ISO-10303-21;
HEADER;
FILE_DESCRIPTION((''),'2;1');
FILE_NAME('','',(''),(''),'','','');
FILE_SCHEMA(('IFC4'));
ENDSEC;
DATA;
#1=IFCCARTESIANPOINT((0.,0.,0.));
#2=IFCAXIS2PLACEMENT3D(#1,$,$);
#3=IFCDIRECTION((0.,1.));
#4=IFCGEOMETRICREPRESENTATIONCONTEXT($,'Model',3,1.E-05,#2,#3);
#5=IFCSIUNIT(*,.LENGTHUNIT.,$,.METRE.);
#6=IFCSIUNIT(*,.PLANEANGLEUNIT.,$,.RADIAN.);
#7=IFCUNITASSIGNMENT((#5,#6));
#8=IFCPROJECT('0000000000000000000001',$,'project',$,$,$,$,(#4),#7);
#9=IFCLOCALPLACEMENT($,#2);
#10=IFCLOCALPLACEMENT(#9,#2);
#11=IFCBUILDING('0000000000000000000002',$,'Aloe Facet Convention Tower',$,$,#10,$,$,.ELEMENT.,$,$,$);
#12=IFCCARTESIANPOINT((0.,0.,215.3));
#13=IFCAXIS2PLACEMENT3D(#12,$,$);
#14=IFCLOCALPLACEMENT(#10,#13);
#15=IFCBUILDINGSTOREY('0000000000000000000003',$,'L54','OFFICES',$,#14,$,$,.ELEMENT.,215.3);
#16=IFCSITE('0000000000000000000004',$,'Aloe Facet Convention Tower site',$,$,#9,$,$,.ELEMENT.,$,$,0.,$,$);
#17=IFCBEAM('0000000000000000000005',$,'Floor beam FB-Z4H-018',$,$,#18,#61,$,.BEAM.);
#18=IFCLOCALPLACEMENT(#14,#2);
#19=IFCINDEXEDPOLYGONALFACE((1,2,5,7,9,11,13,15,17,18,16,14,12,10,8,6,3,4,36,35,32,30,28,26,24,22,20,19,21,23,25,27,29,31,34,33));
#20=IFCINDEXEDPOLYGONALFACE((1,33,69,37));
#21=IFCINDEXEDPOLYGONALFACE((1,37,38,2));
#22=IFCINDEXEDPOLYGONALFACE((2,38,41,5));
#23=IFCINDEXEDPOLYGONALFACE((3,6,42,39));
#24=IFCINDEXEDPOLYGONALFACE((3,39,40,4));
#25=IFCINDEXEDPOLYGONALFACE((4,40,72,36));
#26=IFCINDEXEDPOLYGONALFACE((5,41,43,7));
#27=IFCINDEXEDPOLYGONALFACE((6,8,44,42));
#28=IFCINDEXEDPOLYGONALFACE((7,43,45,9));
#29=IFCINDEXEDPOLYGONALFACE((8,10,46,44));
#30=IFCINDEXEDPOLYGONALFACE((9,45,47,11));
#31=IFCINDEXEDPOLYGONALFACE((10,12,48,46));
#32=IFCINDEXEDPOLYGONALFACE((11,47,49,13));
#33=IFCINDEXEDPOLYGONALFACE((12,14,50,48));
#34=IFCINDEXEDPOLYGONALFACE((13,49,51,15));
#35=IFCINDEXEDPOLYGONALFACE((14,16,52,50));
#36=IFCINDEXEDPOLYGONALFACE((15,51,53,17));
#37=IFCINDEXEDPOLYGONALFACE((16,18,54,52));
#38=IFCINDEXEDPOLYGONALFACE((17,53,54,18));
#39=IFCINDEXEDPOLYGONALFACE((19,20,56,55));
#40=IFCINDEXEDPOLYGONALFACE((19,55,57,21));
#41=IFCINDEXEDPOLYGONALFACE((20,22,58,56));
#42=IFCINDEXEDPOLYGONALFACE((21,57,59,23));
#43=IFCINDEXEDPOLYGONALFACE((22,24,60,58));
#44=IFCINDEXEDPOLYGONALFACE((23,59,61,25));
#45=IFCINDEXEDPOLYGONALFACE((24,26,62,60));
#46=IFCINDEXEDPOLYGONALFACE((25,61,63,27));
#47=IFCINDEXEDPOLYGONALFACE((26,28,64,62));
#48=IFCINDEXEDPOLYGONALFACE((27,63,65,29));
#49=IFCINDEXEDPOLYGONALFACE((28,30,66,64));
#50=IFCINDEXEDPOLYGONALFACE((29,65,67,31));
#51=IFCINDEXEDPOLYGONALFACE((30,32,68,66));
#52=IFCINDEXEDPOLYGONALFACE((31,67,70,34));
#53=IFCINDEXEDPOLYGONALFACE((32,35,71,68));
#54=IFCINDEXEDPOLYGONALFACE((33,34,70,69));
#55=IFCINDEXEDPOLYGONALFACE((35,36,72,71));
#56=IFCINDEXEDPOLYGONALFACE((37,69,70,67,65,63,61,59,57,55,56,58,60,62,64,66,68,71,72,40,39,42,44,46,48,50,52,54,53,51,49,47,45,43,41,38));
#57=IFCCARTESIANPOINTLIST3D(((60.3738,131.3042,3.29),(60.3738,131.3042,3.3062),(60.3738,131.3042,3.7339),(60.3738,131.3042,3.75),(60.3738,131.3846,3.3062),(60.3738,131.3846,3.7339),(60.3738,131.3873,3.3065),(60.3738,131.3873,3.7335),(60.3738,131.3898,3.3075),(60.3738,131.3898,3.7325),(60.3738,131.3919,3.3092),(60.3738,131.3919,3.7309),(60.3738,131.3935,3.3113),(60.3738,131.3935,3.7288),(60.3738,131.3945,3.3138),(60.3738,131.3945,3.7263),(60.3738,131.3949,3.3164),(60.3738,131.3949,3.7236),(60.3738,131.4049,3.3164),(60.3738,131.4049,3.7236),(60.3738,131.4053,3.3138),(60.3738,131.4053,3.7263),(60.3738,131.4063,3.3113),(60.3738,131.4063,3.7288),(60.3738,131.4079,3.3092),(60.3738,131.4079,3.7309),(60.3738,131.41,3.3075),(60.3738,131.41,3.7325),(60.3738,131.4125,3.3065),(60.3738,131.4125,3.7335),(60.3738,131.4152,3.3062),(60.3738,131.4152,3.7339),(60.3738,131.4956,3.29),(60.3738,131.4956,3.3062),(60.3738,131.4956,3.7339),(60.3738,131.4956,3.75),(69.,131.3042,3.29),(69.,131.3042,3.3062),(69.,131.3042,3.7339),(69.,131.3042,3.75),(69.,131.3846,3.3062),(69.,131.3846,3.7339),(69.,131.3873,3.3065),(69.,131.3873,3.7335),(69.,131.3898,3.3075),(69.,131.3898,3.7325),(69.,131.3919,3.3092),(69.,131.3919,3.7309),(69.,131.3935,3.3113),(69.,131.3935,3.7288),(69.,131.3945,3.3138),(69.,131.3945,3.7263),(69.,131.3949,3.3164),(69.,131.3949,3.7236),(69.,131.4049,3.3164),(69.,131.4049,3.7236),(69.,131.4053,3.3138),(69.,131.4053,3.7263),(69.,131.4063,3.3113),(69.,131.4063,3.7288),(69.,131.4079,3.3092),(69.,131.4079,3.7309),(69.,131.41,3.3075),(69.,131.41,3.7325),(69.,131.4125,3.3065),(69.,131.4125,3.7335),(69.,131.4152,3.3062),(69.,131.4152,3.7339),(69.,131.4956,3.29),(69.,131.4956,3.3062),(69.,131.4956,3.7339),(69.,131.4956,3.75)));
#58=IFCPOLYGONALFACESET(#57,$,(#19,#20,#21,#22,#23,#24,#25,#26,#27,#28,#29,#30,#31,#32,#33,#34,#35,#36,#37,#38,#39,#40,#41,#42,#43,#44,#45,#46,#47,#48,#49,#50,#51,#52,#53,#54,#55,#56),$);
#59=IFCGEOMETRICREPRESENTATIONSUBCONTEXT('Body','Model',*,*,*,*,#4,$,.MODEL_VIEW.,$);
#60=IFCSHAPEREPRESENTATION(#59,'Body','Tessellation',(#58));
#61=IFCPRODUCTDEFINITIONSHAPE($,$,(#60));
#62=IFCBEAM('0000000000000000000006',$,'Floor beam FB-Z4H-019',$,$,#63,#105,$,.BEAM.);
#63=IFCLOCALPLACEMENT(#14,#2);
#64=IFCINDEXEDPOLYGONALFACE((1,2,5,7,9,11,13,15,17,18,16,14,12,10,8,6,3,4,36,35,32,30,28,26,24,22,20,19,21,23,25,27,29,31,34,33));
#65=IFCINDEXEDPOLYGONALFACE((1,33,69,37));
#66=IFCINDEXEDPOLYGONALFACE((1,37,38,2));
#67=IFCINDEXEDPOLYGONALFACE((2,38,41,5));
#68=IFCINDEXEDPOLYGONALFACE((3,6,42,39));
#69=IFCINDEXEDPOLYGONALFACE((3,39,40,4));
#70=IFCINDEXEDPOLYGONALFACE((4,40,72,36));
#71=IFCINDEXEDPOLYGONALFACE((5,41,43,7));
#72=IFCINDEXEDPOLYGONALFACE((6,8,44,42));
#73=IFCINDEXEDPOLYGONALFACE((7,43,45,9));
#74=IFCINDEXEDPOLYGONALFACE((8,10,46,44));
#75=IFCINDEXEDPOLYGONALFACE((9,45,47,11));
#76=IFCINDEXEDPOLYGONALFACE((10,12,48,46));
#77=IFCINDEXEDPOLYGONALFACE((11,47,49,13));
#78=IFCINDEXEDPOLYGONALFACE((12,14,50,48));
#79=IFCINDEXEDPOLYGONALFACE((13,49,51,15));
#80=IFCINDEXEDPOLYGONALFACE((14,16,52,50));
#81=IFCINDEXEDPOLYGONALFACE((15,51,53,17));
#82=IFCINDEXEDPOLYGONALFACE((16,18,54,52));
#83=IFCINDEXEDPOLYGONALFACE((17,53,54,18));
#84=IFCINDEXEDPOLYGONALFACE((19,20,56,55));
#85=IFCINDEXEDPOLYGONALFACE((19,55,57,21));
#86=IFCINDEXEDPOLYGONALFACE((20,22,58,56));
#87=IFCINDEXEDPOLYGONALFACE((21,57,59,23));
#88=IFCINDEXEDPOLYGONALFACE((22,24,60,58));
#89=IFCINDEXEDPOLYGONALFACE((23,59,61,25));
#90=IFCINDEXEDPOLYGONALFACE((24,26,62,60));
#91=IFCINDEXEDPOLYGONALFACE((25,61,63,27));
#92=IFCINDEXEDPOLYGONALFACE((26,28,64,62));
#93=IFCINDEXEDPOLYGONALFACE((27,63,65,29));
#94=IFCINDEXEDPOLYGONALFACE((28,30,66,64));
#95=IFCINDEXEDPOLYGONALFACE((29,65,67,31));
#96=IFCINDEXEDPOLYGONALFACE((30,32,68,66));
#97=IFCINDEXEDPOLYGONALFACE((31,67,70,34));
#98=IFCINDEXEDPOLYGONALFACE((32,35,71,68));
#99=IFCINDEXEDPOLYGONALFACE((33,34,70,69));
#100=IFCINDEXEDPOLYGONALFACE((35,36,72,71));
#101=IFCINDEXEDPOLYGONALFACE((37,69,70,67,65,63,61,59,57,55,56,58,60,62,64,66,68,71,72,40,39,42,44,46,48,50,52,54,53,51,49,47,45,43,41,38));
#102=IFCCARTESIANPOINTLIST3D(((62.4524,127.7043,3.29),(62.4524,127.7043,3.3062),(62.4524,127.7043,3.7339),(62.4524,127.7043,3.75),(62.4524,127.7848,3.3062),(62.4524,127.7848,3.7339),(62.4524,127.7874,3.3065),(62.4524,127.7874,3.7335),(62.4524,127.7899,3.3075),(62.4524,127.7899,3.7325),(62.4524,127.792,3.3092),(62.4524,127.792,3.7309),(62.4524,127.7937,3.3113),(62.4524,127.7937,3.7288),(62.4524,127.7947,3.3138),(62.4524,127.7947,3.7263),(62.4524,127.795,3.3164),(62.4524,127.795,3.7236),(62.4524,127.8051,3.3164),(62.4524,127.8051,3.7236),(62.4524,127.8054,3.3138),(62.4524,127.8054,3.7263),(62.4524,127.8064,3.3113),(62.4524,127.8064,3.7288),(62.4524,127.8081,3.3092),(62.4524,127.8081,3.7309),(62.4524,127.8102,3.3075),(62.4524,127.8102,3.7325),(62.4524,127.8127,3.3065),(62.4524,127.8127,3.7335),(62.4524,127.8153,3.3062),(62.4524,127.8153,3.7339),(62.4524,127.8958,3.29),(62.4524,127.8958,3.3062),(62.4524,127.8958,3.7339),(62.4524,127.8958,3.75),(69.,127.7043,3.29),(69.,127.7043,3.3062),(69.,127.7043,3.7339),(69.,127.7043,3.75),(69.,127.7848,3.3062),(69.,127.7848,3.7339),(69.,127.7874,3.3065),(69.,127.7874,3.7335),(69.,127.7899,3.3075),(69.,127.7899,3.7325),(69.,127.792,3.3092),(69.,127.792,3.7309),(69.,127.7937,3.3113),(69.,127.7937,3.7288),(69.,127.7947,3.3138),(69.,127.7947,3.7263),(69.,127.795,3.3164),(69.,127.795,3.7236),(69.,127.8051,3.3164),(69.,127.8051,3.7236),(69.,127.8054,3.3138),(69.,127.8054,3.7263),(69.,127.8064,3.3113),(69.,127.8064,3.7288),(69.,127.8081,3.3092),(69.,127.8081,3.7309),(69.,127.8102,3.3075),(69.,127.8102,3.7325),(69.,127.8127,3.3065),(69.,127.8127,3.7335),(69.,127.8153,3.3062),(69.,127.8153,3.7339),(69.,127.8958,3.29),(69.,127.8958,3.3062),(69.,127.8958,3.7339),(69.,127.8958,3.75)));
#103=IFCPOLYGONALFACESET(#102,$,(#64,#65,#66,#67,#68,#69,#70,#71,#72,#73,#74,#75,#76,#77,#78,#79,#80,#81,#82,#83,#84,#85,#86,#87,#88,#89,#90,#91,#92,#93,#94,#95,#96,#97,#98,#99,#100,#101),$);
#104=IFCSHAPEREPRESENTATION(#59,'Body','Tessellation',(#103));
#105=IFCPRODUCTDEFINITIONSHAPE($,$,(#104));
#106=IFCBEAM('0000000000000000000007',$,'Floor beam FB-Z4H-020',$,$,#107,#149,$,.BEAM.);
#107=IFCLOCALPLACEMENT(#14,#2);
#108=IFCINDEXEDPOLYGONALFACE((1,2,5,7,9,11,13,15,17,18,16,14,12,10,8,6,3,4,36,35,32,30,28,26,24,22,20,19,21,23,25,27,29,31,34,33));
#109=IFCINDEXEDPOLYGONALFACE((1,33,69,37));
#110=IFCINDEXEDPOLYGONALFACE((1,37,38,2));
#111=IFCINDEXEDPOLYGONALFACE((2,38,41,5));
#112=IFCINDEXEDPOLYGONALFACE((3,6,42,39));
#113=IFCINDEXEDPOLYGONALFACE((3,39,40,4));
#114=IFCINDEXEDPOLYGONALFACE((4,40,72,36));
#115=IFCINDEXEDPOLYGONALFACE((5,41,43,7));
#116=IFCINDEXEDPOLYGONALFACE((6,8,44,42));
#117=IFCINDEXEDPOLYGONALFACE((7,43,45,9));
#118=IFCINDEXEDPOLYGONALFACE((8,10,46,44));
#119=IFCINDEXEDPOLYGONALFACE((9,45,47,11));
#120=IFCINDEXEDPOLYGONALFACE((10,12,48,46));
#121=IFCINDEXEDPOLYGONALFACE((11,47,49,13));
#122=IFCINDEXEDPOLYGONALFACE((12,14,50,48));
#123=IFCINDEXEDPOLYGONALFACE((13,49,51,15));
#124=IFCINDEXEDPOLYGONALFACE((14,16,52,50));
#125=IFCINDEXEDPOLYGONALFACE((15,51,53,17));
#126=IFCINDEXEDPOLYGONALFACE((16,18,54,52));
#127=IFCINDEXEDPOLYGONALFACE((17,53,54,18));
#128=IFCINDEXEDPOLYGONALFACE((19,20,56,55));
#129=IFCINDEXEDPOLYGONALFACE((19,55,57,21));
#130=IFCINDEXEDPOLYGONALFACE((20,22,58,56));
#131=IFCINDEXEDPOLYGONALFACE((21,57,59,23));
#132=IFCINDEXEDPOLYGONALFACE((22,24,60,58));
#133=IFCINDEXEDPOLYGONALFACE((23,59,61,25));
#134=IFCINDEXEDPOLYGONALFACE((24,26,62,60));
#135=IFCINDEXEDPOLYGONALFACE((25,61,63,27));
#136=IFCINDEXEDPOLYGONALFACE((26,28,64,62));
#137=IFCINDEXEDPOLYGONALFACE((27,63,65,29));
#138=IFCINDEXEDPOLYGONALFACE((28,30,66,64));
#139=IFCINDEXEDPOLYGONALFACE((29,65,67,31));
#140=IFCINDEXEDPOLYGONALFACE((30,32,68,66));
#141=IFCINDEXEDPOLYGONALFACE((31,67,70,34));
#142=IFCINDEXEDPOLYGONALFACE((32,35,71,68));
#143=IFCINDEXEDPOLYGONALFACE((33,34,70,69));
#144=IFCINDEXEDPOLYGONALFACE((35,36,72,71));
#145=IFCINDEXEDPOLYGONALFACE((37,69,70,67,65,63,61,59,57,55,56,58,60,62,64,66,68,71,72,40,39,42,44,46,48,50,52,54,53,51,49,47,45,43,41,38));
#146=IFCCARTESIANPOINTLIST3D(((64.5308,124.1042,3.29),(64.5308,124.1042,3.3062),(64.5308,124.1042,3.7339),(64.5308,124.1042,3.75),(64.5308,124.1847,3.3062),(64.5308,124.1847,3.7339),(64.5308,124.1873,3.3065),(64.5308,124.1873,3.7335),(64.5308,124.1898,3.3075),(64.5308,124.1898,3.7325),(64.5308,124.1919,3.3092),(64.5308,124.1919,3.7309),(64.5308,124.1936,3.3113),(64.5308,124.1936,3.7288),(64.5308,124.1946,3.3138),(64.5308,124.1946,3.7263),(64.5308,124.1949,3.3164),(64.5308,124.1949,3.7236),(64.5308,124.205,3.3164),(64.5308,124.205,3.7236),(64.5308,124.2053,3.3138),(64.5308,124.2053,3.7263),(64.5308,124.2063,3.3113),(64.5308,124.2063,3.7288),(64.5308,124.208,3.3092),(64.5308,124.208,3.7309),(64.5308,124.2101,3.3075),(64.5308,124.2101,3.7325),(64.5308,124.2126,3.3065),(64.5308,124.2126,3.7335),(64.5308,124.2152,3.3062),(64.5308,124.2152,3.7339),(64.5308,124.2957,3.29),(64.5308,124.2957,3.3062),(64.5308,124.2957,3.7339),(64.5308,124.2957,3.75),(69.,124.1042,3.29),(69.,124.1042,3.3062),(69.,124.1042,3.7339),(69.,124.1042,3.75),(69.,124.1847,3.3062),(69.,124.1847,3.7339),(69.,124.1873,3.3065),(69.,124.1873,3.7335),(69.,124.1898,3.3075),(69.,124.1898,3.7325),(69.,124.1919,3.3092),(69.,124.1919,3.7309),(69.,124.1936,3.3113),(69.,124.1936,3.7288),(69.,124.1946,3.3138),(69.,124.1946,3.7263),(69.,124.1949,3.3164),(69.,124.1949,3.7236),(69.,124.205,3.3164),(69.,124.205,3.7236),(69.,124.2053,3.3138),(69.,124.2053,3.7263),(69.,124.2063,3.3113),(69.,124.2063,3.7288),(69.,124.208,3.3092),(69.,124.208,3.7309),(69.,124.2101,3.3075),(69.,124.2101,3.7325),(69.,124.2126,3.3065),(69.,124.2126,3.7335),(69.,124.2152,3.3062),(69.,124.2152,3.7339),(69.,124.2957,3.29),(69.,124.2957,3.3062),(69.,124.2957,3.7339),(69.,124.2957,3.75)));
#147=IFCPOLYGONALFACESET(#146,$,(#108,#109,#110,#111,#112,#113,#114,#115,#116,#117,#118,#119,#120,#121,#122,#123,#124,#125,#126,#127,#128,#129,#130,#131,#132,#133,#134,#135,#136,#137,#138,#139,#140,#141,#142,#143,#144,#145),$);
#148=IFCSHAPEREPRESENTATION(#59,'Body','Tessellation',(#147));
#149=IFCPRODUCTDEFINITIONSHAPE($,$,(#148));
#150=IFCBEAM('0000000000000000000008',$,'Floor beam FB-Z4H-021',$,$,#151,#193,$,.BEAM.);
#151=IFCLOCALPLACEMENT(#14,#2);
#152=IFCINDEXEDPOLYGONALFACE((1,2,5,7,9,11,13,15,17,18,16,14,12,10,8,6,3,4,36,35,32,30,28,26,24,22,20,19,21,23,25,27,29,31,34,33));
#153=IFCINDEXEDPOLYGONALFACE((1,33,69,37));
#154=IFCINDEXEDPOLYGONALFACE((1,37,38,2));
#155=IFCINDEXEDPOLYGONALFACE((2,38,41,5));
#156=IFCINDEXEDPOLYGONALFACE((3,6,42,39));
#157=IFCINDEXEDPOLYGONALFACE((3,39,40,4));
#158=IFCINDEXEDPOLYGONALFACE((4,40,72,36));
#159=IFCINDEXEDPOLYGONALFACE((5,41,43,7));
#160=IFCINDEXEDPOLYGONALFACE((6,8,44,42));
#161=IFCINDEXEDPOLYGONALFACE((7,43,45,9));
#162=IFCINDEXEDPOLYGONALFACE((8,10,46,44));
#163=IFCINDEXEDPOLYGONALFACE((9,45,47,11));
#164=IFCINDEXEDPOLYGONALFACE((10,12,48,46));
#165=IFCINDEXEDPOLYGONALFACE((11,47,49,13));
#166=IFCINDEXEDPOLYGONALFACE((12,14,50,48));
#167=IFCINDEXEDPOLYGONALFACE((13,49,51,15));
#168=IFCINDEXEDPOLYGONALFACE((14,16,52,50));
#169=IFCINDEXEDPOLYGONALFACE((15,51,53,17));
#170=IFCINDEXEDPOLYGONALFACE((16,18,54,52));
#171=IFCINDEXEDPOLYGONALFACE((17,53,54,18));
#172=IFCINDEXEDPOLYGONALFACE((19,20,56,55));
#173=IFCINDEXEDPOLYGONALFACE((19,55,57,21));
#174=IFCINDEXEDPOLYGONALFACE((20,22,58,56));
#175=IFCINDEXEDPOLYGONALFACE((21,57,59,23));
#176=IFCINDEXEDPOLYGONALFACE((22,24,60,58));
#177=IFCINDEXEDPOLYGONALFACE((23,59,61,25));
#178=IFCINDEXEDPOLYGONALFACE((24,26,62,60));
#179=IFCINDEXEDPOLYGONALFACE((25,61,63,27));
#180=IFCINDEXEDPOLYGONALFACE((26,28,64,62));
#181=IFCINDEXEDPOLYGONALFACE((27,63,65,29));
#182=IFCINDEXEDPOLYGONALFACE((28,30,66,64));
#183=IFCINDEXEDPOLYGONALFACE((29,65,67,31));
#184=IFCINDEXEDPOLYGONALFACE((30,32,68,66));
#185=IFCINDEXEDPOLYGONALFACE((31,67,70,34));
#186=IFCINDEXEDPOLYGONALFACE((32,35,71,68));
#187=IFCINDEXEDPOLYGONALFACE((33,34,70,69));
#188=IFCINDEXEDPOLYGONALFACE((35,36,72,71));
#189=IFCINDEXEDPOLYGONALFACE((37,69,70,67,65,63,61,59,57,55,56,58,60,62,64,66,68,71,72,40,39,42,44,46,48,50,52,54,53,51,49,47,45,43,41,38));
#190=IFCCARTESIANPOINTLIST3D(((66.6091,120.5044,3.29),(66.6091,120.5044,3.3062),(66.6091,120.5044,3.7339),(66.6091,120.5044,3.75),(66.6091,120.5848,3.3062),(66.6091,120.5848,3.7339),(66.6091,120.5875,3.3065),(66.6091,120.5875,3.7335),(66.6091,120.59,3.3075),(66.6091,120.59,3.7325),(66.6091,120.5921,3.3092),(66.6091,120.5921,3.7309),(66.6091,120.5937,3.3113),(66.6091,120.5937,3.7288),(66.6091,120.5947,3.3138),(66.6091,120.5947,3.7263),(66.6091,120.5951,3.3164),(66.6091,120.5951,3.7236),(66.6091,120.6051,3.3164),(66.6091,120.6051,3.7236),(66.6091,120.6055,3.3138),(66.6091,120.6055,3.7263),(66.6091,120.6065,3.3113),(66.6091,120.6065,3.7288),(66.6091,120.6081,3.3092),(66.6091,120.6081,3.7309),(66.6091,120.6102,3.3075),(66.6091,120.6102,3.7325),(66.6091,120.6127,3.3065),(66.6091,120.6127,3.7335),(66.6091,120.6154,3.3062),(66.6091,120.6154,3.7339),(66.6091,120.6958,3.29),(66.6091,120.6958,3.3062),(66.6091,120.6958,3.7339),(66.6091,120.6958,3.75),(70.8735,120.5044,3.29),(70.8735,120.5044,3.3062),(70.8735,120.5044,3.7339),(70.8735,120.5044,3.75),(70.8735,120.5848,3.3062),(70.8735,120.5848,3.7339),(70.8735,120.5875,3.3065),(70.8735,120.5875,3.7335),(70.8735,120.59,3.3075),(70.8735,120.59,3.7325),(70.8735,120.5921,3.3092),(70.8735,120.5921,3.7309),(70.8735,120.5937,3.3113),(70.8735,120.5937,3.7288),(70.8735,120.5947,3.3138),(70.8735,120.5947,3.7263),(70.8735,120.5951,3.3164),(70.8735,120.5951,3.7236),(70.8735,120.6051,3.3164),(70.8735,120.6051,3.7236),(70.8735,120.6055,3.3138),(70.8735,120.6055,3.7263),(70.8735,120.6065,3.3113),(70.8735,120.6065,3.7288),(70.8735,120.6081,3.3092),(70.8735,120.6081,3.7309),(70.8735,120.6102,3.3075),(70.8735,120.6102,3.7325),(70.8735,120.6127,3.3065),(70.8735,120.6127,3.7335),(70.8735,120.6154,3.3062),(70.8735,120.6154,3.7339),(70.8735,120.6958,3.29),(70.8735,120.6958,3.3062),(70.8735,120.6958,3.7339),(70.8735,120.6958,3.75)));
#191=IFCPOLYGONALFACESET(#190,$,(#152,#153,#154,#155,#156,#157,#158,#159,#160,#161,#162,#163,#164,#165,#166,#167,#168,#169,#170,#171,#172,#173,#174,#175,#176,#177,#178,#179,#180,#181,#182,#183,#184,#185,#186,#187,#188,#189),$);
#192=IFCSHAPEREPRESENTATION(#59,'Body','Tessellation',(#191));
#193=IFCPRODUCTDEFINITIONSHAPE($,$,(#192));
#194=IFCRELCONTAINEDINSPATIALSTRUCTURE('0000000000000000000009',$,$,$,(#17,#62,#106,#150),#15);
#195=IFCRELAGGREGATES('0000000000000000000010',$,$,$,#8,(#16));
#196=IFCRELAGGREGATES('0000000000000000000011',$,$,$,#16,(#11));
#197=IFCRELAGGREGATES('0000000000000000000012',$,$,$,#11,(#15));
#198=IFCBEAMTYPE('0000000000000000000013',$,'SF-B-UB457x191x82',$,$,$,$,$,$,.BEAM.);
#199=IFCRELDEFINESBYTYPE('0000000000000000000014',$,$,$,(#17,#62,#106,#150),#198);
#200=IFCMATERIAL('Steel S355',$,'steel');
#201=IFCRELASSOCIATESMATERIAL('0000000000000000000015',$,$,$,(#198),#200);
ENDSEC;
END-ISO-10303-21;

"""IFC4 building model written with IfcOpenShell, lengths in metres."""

from ifc_helpers import new_model, si_unit, direction, frame, origin, origin_2d, place, context, subcontext, project, spatial, i_section, extrude, material, material_profile, profile_set, type_object, element, save


model = new_model("IFC4")

# Units and contexts
model_context = context("Model", 3, precision=1e-05, world=origin(), true_north=direction((0.0, 1.0)))
body_context = subcontext(model_context, "Body", "Model", "MODEL_VIEW")
ifc_project = project(units=[si_unit("LENGTHUNIT", "METRE"), si_unit("PLANEANGLEUNIT", "RADIAN")], contexts=[model_context])

# Site, building, storey
site_placement = place(None, origin())
site = spatial("IfcSite", under=ifc_project, at=site_placement, Name="Aloe Facet Convention Tower site", CompositionType="ELEMENT", RefElevation=0.0)
building_placement = place(site_placement, origin())
building = spatial("IfcBuilding", under=site, at=building_placement, Name="Aloe Facet Convention Tower", CompositionType="ELEMENT")
storey_placement = place(building_placement, frame((0.0, 0.0, 215.3)))
storey = spatial("IfcBuildingStorey", under=building, at=storey_placement, Name="L54", Description="OFFICES", CompositionType="ELEMENT", Elevation=215.3)

# Beams
ifc_material_1 = material(Name="Steel S355", Category="steel")
ifc_material_profile_1 = material_profile(ifc_material_1, i_section(OverallWidth=0.1914, OverallDepth=0.46, WebThickness=0.01, FlangeThickness=0.0161, FilletRadius=0.0103, at=origin_2d()), Name="UB 457x191x82")
ifc_profile_set_1 = profile_set([ifc_material_profile_1], Name="Steel S355")
beam_type_1 = type_object("IfcBeamType", Name="SF-B-UB457x191x82", PredefinedType="BEAM", material=ifc_profile_set_1)
beam_1_placement = place(storey_placement, frame((60.3738, 131.3999, 3.52), z_axis=(1.0, 0.0, 0.0), x_axis=(0.0, 1.0, 0.0)))
element("IfcBeam", 1, at=beam_1_placement, inside=storey, type_object=beam_type_1, Name="Floor beam FB-Z4H-018", PredefinedType="BEAM", context=body_context, shape_type="SweptSolid", body=[
    extrude(i_section(OverallWidth=0.1914, OverallDepth=0.46, WebThickness=0.01, FlangeThickness=0.0161, FilletRadius=0.0103, at=origin_2d()), origin(), (0.0, 0.0, 1.0), 8.6262),
])
beam_2_placement = place(storey_placement, frame((62.4524, 127.8, 3.52), z_axis=(1.0, 0.0, 0.0), x_axis=(0.0, 1.0, 0.0)))
element("IfcBeam", 2, at=beam_2_placement, inside=storey, type_object=beam_type_1, Name="Floor beam FB-Z4H-019", PredefinedType="BEAM", context=body_context, shape_type="SweptSolid", body=[
    extrude(i_section(OverallWidth=0.1914, OverallDepth=0.46, WebThickness=0.01, FlangeThickness=0.0161, FilletRadius=0.0103, at=origin_2d()), origin(), (0.0, 0.0, 1.0), 6.5476),
])
beam_3_placement = place(storey_placement, frame((64.5308, 124.2, 3.52), z_axis=(1.0, 0.0, 0.0), x_axis=(0.0, 1.0, 0.0)))
element("IfcBeam", 3, at=beam_3_placement, inside=storey, type_object=beam_type_1, Name="Floor beam FB-Z4H-020", PredefinedType="BEAM", context=body_context, shape_type="SweptSolid", body=[
    extrude(i_section(OverallWidth=0.1914, OverallDepth=0.46, WebThickness=0.01, FlangeThickness=0.0161, FilletRadius=0.0103, at=origin_2d()), origin(), (0.0, 0.0, 1.0), 4.4692),
])
beam_4_placement = place(storey_placement, frame((66.6091, 120.6001, 3.52), z_axis=(1.0, 0.0, 0.0), x_axis=(0.0, 1.0, 0.0)))
element("IfcBeam", 4, at=beam_4_placement, inside=storey, type_object=beam_type_1, Name="Floor beam FB-Z4H-021", PredefinedType="BEAM", context=body_context, shape_type="SweptSolid", body=[
    extrude(i_section(OverallWidth=0.1914, OverallDepth=0.46, WebThickness=0.01, FlangeThickness=0.0161, FilletRadius=0.0103, at=origin_2d()), origin(), (0.0, 0.0, 1.0), 4.2644),
])

save(model, "model.ifc")
